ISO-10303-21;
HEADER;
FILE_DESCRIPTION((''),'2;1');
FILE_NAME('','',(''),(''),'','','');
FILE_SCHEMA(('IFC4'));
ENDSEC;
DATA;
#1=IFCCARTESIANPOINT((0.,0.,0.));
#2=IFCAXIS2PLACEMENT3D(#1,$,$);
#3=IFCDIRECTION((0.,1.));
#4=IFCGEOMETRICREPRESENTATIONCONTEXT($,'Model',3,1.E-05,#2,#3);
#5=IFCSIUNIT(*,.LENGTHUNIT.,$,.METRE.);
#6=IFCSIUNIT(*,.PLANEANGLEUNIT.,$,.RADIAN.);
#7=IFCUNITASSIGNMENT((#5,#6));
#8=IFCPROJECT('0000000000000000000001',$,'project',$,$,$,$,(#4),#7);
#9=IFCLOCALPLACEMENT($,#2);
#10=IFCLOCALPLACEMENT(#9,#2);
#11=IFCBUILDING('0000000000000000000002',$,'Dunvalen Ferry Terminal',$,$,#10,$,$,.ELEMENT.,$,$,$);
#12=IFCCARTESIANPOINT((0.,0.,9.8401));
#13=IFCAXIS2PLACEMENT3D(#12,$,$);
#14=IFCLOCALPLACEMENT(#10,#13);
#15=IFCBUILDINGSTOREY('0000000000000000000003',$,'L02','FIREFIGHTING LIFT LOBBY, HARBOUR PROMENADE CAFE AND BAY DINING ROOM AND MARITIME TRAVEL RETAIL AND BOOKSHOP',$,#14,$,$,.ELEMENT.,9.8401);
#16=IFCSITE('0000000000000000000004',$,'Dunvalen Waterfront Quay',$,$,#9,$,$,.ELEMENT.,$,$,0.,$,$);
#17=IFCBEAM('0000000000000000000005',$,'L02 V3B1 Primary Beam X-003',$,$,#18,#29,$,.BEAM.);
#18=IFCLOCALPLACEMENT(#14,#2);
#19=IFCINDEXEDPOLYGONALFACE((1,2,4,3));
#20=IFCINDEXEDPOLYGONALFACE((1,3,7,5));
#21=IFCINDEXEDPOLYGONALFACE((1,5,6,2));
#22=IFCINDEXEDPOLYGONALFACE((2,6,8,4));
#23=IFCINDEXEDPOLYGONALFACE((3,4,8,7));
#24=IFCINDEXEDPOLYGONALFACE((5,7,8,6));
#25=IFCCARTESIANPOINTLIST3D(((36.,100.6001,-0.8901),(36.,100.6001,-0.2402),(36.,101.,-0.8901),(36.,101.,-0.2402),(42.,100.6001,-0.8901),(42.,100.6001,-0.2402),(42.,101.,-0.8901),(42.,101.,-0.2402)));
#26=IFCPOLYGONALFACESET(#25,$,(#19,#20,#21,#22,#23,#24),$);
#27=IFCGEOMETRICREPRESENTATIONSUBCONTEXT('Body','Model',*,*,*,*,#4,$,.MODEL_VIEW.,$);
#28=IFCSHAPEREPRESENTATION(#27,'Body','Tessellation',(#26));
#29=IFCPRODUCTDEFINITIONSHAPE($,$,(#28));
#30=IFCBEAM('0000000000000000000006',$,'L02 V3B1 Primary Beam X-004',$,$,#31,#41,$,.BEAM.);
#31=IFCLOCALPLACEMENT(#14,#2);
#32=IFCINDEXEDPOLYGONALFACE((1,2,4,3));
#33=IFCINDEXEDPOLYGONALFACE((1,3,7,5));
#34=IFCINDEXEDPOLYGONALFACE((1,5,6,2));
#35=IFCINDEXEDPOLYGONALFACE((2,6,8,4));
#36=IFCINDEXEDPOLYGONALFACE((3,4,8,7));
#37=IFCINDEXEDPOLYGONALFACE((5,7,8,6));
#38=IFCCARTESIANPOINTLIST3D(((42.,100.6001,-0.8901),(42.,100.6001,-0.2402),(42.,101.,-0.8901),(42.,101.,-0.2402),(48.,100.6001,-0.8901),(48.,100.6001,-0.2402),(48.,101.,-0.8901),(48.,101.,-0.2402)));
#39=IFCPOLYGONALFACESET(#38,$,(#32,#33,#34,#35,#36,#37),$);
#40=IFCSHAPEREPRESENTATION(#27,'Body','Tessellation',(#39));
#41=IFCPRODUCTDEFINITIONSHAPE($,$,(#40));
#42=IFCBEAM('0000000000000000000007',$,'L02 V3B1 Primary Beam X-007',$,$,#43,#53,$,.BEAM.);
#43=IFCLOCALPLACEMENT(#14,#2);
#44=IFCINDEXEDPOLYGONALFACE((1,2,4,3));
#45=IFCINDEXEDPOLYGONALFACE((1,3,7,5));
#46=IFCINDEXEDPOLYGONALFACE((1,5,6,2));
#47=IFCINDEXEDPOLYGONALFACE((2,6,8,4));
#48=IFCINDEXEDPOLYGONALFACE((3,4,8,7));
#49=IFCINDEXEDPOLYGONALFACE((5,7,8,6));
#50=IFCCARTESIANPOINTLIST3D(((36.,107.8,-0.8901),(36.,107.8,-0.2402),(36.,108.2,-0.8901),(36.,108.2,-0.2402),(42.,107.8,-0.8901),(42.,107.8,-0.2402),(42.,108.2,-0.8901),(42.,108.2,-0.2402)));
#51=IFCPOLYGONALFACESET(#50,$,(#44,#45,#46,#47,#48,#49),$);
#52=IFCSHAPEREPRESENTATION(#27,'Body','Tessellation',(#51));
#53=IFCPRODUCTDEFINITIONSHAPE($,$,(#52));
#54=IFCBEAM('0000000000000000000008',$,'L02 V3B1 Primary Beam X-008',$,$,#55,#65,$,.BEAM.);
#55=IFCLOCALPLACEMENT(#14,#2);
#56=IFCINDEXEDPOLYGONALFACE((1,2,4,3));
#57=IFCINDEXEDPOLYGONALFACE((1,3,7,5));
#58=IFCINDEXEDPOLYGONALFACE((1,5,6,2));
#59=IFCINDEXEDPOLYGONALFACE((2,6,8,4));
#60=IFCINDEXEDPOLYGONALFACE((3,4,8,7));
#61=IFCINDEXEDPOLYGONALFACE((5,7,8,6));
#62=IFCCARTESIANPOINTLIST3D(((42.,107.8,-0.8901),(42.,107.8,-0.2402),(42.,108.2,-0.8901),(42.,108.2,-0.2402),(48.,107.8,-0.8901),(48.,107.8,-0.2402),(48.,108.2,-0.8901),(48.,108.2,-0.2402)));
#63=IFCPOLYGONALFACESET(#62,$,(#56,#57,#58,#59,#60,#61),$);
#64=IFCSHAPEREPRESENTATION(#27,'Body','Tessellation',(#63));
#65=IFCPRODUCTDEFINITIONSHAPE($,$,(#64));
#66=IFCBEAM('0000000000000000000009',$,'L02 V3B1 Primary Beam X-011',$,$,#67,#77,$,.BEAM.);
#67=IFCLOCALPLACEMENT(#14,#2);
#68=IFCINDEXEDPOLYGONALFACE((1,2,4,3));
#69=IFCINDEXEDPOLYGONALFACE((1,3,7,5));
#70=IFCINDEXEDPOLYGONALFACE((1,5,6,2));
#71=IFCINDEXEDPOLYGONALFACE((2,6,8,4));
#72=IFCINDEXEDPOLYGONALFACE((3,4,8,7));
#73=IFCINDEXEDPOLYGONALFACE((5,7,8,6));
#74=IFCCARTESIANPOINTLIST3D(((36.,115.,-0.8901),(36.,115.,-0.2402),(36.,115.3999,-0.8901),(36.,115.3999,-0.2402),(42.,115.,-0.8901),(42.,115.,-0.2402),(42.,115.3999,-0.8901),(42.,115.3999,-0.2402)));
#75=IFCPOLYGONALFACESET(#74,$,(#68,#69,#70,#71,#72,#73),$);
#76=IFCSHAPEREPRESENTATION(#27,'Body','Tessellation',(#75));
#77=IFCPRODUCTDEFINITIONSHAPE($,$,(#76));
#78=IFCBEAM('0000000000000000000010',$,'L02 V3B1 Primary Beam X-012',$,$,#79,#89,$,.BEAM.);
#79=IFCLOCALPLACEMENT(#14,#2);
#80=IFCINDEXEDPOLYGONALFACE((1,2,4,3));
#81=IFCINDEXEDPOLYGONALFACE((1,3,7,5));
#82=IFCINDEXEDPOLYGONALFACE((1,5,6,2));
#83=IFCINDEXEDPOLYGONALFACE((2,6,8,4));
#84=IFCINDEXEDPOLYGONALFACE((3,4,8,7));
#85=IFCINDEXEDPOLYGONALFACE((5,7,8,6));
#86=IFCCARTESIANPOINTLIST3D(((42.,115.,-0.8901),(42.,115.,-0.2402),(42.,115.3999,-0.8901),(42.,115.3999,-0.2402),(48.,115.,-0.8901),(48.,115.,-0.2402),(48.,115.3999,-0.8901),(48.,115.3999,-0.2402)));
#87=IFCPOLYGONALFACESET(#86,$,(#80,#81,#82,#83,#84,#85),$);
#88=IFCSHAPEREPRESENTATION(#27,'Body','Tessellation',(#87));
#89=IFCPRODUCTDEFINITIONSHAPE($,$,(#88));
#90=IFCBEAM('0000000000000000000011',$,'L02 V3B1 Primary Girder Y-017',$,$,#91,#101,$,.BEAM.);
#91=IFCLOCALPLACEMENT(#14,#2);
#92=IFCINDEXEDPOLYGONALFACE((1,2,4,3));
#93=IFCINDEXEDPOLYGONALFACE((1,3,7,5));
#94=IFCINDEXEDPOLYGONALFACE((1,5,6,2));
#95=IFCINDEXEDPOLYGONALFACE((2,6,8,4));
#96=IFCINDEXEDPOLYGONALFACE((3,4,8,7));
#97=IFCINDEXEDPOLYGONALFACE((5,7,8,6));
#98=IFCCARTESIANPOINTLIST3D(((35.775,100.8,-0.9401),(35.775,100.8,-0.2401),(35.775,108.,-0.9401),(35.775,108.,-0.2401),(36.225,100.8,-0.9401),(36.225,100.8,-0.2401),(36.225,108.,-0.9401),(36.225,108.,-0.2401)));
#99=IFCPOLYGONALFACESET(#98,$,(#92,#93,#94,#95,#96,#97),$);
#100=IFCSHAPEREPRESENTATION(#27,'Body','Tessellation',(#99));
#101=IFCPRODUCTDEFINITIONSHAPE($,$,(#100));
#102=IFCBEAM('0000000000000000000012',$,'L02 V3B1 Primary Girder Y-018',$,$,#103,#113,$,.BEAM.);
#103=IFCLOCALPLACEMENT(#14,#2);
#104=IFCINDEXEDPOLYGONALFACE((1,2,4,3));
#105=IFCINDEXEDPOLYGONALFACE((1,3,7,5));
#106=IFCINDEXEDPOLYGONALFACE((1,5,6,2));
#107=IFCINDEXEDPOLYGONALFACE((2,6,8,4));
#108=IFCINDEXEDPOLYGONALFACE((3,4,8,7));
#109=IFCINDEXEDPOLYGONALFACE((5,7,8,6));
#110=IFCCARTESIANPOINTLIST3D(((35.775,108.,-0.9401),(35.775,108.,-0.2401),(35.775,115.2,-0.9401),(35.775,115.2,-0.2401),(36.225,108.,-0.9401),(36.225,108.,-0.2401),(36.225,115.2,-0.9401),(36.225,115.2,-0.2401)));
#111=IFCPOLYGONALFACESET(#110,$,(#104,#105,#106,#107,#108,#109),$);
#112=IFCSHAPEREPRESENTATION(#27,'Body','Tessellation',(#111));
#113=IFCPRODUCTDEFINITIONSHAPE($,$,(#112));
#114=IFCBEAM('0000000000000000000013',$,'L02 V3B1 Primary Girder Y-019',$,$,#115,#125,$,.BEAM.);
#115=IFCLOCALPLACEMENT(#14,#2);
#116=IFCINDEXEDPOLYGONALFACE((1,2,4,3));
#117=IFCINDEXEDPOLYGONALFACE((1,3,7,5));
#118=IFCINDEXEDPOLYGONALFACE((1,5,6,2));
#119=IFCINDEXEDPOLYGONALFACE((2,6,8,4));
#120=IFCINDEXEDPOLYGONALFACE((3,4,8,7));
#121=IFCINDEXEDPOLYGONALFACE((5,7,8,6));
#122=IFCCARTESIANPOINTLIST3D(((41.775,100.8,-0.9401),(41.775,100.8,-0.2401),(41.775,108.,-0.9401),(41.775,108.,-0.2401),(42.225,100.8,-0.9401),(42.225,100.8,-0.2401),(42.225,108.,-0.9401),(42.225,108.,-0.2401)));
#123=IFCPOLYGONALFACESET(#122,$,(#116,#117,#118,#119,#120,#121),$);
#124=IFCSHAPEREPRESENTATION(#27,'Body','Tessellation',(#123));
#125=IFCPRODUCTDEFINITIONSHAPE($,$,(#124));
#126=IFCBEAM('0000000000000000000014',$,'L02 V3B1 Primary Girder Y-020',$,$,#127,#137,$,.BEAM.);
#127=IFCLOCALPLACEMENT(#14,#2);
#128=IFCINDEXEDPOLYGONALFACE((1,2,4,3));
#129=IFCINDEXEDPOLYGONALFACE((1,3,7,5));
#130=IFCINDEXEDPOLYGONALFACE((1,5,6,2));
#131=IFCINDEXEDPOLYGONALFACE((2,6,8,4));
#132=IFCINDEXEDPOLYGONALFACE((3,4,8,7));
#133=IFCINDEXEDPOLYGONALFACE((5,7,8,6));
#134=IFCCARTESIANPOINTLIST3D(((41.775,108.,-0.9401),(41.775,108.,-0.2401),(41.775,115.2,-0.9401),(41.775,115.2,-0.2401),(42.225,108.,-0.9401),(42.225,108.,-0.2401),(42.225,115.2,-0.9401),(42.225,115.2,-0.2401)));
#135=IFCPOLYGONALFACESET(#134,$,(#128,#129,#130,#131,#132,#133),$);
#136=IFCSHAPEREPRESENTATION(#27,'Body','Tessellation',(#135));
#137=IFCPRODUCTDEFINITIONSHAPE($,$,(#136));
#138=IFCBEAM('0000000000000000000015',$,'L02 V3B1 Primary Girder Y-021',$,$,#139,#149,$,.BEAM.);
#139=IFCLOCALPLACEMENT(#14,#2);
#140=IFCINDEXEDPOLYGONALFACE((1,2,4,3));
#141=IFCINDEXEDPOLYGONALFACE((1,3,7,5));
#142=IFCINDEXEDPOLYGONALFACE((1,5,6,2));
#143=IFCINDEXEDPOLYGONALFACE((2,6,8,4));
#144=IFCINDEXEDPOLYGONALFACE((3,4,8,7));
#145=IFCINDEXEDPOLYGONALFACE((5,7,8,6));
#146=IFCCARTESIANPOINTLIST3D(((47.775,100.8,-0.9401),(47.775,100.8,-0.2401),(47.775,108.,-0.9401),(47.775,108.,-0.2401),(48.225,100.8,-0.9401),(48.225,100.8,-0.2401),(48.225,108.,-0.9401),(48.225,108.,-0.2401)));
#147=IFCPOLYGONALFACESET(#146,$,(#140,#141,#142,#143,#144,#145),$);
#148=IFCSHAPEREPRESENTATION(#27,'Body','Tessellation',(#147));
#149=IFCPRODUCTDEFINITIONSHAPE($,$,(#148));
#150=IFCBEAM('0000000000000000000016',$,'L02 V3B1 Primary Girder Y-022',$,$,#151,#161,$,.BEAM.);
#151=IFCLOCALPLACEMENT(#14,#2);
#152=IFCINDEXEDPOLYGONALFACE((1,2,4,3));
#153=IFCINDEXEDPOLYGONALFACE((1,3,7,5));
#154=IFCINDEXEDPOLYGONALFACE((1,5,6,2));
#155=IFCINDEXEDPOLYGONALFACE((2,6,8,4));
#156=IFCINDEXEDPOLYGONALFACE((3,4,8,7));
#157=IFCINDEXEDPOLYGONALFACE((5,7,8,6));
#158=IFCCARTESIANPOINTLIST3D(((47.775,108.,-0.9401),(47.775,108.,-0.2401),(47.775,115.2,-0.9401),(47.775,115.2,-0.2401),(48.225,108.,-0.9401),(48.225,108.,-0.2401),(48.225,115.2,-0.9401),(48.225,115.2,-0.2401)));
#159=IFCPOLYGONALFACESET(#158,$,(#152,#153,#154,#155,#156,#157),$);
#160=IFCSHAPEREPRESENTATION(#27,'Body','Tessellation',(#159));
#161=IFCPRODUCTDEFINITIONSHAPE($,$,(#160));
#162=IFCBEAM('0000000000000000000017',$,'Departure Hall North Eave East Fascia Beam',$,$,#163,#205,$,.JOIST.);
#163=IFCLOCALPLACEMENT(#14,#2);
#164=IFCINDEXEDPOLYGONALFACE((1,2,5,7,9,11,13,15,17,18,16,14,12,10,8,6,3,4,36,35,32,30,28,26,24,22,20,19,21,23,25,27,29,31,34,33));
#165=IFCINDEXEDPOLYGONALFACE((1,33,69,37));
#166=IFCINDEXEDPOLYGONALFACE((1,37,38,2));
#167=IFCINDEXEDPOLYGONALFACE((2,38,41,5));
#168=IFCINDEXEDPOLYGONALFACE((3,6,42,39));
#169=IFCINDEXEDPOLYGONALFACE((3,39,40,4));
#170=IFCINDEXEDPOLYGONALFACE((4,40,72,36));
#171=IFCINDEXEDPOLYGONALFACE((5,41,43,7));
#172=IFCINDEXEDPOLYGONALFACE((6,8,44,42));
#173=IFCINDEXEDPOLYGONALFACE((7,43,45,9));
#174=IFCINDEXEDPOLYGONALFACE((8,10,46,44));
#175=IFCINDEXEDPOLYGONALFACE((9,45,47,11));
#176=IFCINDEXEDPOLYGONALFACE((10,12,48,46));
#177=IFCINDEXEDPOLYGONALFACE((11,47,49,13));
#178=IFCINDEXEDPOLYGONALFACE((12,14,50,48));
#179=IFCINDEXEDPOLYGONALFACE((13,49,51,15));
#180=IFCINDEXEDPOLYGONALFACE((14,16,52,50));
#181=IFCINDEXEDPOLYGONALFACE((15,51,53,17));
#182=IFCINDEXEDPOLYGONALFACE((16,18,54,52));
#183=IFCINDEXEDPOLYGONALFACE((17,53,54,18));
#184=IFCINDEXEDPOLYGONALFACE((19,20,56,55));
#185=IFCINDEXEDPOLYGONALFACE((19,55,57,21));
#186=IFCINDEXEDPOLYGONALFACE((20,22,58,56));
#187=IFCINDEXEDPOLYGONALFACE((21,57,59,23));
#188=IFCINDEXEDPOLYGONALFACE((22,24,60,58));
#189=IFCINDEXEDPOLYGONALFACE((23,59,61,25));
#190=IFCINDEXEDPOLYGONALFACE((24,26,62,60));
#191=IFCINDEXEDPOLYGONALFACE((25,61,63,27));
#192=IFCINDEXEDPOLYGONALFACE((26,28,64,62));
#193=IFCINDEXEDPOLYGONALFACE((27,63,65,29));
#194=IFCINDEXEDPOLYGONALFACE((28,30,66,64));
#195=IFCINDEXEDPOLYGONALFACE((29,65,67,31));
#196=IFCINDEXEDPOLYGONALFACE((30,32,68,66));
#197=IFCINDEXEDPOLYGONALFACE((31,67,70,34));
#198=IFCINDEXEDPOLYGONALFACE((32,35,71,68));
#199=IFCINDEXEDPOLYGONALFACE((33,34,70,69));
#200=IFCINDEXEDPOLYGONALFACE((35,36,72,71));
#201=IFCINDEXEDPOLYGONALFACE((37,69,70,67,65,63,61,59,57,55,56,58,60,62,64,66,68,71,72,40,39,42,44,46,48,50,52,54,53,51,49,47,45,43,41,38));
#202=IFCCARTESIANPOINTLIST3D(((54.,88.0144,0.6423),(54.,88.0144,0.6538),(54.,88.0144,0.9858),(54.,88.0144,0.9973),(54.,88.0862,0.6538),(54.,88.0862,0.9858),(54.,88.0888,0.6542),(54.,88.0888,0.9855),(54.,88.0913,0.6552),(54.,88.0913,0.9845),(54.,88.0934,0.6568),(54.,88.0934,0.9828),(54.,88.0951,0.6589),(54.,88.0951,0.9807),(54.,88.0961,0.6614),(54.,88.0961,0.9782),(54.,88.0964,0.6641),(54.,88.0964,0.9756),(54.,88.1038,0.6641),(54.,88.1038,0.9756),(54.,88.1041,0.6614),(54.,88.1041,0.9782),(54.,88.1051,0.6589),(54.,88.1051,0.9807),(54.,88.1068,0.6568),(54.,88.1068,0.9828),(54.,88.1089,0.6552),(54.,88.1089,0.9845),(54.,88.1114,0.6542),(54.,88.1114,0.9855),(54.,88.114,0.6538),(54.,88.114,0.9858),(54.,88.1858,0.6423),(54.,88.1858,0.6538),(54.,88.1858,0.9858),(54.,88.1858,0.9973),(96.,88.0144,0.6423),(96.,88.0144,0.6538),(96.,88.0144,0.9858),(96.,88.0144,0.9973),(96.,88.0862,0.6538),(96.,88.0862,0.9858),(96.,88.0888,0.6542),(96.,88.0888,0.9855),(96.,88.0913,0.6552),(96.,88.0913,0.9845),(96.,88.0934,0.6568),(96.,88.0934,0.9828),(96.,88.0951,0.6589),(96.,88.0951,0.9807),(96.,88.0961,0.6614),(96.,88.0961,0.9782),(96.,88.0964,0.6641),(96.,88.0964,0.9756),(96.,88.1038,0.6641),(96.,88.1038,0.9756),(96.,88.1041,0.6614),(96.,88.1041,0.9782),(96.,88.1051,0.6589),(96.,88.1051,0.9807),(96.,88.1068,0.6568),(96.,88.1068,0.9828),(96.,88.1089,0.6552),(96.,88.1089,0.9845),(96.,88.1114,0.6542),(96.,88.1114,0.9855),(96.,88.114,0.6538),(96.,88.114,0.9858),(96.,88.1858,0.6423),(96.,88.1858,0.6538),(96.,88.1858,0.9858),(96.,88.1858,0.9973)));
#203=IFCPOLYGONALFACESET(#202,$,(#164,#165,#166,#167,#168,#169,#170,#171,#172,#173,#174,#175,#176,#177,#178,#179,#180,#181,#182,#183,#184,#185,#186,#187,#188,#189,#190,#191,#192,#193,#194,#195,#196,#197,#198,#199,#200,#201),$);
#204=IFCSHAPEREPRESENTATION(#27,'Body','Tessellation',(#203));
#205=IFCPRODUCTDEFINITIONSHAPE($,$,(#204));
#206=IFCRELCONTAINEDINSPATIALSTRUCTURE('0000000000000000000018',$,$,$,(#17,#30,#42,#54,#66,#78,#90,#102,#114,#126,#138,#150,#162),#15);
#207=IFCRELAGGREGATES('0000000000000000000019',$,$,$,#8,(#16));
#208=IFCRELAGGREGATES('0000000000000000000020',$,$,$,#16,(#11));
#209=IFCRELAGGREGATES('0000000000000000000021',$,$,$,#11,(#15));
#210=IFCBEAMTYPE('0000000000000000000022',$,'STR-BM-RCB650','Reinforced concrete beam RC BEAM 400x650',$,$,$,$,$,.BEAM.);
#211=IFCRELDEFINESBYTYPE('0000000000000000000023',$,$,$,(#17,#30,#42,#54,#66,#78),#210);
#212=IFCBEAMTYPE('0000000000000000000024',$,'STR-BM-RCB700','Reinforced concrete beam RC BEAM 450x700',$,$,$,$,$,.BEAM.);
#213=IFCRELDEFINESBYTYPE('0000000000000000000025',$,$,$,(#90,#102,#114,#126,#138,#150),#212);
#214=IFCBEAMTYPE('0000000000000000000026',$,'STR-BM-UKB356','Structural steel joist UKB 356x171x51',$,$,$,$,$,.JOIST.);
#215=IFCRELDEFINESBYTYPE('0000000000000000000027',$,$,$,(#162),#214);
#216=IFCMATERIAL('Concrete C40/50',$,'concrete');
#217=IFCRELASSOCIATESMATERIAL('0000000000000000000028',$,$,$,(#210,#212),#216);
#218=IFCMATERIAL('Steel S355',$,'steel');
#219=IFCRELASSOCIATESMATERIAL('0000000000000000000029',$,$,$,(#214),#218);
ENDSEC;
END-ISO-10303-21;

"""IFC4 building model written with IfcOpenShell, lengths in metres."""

from ifc_helpers import new_model, si_unit, direction, frame, origin, origin_2d, place, context, subcontext, project, spatial, rectangle, i_section, extrude, material, material_profile, profile_set, type_object, element, save


model = new_model("IFC4")

# Units and contexts
model_context = context("Model", 3, precision=1e-05, world=origin(), true_north=direction((0.0, 1.0)))
body_context = subcontext(model_context, "Body", "Model", "MODEL_VIEW")
ifc_project = project(units=[si_unit("LENGTHUNIT", "METRE"), si_unit("PLANEANGLEUNIT", "RADIAN")], contexts=[model_context])

# Site, building, storey
site_placement = place(None, origin())
site = spatial("IfcSite", under=ifc_project, at=site_placement, Name="Dunvalen Waterfront Quay", CompositionType="ELEMENT", RefElevation=0.0)
building_placement = place(site_placement, origin())
building = spatial("IfcBuilding", under=site, at=building_placement, Name="Dunvalen Ferry Terminal", CompositionType="ELEMENT")
storey_placement = place(building_placement, frame((0.0, 0.0, 9.8401)))
storey = spatial("IfcBuildingStorey", under=building, at=storey_placement, Name="L02", Description="FIREFIGHTING LIFT LOBBY, HARBOUR PROMENADE CAFE AND BAY DINING ROOM AND MARITIME TRAVEL RETAIL AND BOOKSHOP", CompositionType="ELEMENT", Elevation=9.8401)

# Beams
ifc_material_1 = material(Name="Concrete C40/50", Category="concrete")
ifc_material_profile_1 = material_profile(ifc_material_1, rectangle(XDim=0.3999, YDim=0.6499, at=origin_2d()), Name="Concrete C40/50")
ifc_profile_set_1 = profile_set([ifc_material_profile_1], Name="Concrete C40/50")
beam_type_1 = type_object("IfcBeamType", Name="STR-BM-RCB650", Description="Reinforced concrete beam RC BEAM 400x650", PredefinedType="BEAM", material=ifc_profile_set_1)
for number, where, z_axis, x_axis, name in (
    (1, (36.0, 100.8, -0.5652), (1.0, 0.0, 0.0), (0.0, 1.0, 0.0), "L02 V3B1 Primary Beam X-003"),
    (2, (42.0, 100.8, -0.5652), (1.0, 0.0, 0.0), (0.0, 1.0, 0.0), "L02 V3B1 Primary Beam X-004"),
    (3, (36.0, 108.0, -0.5652), (1.0, 0.0, 0.0), (0.0, 1.0, 0.0), "L02 V3B1 Primary Beam X-007"),
    (4, (42.0, 108.0, -0.5652), (1.0, 0.0, 0.0), (0.0, 1.0, 0.0), "L02 V3B1 Primary Beam X-008"),
    (5, (36.0, 115.2, -0.5652), (1.0, 0.0, 0.0), (0.0, 1.0, 0.0), "L02 V3B1 Primary Beam X-011"),
    (6, (42.0, 115.2, -0.5652), (1.0, 0.0, 0.0), (0.0, 1.0, 0.0), "L02 V3B1 Primary Beam X-012"),
):
    element("IfcBeam", number, at=place(storey_placement, frame(where, z_axis=z_axis, x_axis=x_axis)), inside=storey, type_object=beam_type_1, Name=name, PredefinedType="BEAM", context=body_context, shape_type="SweptSolid", body=[
        extrude(rectangle(XDim=0.3999, YDim=0.6499, at=origin_2d()), origin(), (0.0, 0.0, 1.0), 6.0),
    ])
ifc_material_profile_2 = material_profile(ifc_material_1, rectangle(XDim=0.45, YDim=0.7, at=origin_2d()), Name="Concrete C40/50")
ifc_profile_set_2 = profile_set([ifc_material_profile_2], Name="Concrete C40/50")
beam_type_2 = type_object("IfcBeamType", Name="STR-BM-RCB700", Description="Reinforced concrete beam RC BEAM 450x700", PredefinedType="BEAM", material=ifc_profile_set_2)
for number, where, z_axis, x_axis, name in (
    (7, (36.0, 100.8, -0.5901), (0.0, 1.0, 0.0), (-1.0, 0.0, 0.0), "L02 V3B1 Primary Girder Y-017"),
    (8, (36.0, 108.0, -0.5901), (0.0, 1.0, 0.0), (-1.0, 0.0, 0.0), "L02 V3B1 Primary Girder Y-018"),
    (9, (42.0, 100.8, -0.5901), (0.0, 1.0, 0.0), (-1.0, 0.0, 0.0), "L02 V3B1 Primary Girder Y-019"),
    (10, (42.0, 108.0, -0.5901), (0.0, 1.0, 0.0), (-1.0, 0.0, 0.0), "L02 V3B1 Primary Girder Y-020"),
    (11, (48.0, 100.8, -0.5901), (0.0, 1.0, 0.0), (-1.0, 0.0, 0.0), "L02 V3B1 Primary Girder Y-021"),
    (12, (48.0, 108.0, -0.5901), (0.0, 1.0, 0.0), (-1.0, 0.0, 0.0), "L02 V3B1 Primary Girder Y-022"),
):
    element("IfcBeam", number, at=place(storey_placement, frame(where, z_axis=z_axis, x_axis=x_axis)), inside=storey, type_object=beam_type_2, Name=name, PredefinedType="BEAM", context=body_context, shape_type="SweptSolid", body=[
        extrude(rectangle(XDim=0.45, YDim=0.7, at=origin_2d()), origin(), (0.0, 0.0, 1.0), 7.2),
    ])
ifc_material_2 = material(Name="Steel S355", Category="steel")
ifc_material_profile_3 = material_profile(ifc_material_2, i_section(OverallWidth=0.1714, OverallDepth=0.355, WebThickness=0.0073, FlangeThickness=0.0115, FilletRadius=0.0103, at=origin_2d()), Name="Steel S355")
ifc_profile_set_3 = profile_set([ifc_material_profile_3], Name="Steel S355")
beam_type_3 = type_object("IfcBeamType", Name="STR-BM-UKB356", Description="Structural steel joist UKB 356x171x51", PredefinedType="JOIST", material=ifc_profile_set_3)
beam_1_placement = place(storey_placement, frame((54.0, 88.1001, 0.8198), z_axis=(1.0, 0.0, 0.0), x_axis=(0.0, 1.0, 0.0)))
element("IfcBeam", 13, at=beam_1_placement, inside=storey, type_object=beam_type_3, Name="Departure Hall North Eave East Fascia Beam", PredefinedType="JOIST", context=body_context, shape_type="SweptSolid", body=[
    extrude(i_section(OverallWidth=0.1714, OverallDepth=0.355, WebThickness=0.0073, FlangeThickness=0.0115, FilletRadius=0.0103, at=origin_2d()), origin(), (0.0, 0.0, 1.0), 42.0),
])

save(model, "model.ifc")
